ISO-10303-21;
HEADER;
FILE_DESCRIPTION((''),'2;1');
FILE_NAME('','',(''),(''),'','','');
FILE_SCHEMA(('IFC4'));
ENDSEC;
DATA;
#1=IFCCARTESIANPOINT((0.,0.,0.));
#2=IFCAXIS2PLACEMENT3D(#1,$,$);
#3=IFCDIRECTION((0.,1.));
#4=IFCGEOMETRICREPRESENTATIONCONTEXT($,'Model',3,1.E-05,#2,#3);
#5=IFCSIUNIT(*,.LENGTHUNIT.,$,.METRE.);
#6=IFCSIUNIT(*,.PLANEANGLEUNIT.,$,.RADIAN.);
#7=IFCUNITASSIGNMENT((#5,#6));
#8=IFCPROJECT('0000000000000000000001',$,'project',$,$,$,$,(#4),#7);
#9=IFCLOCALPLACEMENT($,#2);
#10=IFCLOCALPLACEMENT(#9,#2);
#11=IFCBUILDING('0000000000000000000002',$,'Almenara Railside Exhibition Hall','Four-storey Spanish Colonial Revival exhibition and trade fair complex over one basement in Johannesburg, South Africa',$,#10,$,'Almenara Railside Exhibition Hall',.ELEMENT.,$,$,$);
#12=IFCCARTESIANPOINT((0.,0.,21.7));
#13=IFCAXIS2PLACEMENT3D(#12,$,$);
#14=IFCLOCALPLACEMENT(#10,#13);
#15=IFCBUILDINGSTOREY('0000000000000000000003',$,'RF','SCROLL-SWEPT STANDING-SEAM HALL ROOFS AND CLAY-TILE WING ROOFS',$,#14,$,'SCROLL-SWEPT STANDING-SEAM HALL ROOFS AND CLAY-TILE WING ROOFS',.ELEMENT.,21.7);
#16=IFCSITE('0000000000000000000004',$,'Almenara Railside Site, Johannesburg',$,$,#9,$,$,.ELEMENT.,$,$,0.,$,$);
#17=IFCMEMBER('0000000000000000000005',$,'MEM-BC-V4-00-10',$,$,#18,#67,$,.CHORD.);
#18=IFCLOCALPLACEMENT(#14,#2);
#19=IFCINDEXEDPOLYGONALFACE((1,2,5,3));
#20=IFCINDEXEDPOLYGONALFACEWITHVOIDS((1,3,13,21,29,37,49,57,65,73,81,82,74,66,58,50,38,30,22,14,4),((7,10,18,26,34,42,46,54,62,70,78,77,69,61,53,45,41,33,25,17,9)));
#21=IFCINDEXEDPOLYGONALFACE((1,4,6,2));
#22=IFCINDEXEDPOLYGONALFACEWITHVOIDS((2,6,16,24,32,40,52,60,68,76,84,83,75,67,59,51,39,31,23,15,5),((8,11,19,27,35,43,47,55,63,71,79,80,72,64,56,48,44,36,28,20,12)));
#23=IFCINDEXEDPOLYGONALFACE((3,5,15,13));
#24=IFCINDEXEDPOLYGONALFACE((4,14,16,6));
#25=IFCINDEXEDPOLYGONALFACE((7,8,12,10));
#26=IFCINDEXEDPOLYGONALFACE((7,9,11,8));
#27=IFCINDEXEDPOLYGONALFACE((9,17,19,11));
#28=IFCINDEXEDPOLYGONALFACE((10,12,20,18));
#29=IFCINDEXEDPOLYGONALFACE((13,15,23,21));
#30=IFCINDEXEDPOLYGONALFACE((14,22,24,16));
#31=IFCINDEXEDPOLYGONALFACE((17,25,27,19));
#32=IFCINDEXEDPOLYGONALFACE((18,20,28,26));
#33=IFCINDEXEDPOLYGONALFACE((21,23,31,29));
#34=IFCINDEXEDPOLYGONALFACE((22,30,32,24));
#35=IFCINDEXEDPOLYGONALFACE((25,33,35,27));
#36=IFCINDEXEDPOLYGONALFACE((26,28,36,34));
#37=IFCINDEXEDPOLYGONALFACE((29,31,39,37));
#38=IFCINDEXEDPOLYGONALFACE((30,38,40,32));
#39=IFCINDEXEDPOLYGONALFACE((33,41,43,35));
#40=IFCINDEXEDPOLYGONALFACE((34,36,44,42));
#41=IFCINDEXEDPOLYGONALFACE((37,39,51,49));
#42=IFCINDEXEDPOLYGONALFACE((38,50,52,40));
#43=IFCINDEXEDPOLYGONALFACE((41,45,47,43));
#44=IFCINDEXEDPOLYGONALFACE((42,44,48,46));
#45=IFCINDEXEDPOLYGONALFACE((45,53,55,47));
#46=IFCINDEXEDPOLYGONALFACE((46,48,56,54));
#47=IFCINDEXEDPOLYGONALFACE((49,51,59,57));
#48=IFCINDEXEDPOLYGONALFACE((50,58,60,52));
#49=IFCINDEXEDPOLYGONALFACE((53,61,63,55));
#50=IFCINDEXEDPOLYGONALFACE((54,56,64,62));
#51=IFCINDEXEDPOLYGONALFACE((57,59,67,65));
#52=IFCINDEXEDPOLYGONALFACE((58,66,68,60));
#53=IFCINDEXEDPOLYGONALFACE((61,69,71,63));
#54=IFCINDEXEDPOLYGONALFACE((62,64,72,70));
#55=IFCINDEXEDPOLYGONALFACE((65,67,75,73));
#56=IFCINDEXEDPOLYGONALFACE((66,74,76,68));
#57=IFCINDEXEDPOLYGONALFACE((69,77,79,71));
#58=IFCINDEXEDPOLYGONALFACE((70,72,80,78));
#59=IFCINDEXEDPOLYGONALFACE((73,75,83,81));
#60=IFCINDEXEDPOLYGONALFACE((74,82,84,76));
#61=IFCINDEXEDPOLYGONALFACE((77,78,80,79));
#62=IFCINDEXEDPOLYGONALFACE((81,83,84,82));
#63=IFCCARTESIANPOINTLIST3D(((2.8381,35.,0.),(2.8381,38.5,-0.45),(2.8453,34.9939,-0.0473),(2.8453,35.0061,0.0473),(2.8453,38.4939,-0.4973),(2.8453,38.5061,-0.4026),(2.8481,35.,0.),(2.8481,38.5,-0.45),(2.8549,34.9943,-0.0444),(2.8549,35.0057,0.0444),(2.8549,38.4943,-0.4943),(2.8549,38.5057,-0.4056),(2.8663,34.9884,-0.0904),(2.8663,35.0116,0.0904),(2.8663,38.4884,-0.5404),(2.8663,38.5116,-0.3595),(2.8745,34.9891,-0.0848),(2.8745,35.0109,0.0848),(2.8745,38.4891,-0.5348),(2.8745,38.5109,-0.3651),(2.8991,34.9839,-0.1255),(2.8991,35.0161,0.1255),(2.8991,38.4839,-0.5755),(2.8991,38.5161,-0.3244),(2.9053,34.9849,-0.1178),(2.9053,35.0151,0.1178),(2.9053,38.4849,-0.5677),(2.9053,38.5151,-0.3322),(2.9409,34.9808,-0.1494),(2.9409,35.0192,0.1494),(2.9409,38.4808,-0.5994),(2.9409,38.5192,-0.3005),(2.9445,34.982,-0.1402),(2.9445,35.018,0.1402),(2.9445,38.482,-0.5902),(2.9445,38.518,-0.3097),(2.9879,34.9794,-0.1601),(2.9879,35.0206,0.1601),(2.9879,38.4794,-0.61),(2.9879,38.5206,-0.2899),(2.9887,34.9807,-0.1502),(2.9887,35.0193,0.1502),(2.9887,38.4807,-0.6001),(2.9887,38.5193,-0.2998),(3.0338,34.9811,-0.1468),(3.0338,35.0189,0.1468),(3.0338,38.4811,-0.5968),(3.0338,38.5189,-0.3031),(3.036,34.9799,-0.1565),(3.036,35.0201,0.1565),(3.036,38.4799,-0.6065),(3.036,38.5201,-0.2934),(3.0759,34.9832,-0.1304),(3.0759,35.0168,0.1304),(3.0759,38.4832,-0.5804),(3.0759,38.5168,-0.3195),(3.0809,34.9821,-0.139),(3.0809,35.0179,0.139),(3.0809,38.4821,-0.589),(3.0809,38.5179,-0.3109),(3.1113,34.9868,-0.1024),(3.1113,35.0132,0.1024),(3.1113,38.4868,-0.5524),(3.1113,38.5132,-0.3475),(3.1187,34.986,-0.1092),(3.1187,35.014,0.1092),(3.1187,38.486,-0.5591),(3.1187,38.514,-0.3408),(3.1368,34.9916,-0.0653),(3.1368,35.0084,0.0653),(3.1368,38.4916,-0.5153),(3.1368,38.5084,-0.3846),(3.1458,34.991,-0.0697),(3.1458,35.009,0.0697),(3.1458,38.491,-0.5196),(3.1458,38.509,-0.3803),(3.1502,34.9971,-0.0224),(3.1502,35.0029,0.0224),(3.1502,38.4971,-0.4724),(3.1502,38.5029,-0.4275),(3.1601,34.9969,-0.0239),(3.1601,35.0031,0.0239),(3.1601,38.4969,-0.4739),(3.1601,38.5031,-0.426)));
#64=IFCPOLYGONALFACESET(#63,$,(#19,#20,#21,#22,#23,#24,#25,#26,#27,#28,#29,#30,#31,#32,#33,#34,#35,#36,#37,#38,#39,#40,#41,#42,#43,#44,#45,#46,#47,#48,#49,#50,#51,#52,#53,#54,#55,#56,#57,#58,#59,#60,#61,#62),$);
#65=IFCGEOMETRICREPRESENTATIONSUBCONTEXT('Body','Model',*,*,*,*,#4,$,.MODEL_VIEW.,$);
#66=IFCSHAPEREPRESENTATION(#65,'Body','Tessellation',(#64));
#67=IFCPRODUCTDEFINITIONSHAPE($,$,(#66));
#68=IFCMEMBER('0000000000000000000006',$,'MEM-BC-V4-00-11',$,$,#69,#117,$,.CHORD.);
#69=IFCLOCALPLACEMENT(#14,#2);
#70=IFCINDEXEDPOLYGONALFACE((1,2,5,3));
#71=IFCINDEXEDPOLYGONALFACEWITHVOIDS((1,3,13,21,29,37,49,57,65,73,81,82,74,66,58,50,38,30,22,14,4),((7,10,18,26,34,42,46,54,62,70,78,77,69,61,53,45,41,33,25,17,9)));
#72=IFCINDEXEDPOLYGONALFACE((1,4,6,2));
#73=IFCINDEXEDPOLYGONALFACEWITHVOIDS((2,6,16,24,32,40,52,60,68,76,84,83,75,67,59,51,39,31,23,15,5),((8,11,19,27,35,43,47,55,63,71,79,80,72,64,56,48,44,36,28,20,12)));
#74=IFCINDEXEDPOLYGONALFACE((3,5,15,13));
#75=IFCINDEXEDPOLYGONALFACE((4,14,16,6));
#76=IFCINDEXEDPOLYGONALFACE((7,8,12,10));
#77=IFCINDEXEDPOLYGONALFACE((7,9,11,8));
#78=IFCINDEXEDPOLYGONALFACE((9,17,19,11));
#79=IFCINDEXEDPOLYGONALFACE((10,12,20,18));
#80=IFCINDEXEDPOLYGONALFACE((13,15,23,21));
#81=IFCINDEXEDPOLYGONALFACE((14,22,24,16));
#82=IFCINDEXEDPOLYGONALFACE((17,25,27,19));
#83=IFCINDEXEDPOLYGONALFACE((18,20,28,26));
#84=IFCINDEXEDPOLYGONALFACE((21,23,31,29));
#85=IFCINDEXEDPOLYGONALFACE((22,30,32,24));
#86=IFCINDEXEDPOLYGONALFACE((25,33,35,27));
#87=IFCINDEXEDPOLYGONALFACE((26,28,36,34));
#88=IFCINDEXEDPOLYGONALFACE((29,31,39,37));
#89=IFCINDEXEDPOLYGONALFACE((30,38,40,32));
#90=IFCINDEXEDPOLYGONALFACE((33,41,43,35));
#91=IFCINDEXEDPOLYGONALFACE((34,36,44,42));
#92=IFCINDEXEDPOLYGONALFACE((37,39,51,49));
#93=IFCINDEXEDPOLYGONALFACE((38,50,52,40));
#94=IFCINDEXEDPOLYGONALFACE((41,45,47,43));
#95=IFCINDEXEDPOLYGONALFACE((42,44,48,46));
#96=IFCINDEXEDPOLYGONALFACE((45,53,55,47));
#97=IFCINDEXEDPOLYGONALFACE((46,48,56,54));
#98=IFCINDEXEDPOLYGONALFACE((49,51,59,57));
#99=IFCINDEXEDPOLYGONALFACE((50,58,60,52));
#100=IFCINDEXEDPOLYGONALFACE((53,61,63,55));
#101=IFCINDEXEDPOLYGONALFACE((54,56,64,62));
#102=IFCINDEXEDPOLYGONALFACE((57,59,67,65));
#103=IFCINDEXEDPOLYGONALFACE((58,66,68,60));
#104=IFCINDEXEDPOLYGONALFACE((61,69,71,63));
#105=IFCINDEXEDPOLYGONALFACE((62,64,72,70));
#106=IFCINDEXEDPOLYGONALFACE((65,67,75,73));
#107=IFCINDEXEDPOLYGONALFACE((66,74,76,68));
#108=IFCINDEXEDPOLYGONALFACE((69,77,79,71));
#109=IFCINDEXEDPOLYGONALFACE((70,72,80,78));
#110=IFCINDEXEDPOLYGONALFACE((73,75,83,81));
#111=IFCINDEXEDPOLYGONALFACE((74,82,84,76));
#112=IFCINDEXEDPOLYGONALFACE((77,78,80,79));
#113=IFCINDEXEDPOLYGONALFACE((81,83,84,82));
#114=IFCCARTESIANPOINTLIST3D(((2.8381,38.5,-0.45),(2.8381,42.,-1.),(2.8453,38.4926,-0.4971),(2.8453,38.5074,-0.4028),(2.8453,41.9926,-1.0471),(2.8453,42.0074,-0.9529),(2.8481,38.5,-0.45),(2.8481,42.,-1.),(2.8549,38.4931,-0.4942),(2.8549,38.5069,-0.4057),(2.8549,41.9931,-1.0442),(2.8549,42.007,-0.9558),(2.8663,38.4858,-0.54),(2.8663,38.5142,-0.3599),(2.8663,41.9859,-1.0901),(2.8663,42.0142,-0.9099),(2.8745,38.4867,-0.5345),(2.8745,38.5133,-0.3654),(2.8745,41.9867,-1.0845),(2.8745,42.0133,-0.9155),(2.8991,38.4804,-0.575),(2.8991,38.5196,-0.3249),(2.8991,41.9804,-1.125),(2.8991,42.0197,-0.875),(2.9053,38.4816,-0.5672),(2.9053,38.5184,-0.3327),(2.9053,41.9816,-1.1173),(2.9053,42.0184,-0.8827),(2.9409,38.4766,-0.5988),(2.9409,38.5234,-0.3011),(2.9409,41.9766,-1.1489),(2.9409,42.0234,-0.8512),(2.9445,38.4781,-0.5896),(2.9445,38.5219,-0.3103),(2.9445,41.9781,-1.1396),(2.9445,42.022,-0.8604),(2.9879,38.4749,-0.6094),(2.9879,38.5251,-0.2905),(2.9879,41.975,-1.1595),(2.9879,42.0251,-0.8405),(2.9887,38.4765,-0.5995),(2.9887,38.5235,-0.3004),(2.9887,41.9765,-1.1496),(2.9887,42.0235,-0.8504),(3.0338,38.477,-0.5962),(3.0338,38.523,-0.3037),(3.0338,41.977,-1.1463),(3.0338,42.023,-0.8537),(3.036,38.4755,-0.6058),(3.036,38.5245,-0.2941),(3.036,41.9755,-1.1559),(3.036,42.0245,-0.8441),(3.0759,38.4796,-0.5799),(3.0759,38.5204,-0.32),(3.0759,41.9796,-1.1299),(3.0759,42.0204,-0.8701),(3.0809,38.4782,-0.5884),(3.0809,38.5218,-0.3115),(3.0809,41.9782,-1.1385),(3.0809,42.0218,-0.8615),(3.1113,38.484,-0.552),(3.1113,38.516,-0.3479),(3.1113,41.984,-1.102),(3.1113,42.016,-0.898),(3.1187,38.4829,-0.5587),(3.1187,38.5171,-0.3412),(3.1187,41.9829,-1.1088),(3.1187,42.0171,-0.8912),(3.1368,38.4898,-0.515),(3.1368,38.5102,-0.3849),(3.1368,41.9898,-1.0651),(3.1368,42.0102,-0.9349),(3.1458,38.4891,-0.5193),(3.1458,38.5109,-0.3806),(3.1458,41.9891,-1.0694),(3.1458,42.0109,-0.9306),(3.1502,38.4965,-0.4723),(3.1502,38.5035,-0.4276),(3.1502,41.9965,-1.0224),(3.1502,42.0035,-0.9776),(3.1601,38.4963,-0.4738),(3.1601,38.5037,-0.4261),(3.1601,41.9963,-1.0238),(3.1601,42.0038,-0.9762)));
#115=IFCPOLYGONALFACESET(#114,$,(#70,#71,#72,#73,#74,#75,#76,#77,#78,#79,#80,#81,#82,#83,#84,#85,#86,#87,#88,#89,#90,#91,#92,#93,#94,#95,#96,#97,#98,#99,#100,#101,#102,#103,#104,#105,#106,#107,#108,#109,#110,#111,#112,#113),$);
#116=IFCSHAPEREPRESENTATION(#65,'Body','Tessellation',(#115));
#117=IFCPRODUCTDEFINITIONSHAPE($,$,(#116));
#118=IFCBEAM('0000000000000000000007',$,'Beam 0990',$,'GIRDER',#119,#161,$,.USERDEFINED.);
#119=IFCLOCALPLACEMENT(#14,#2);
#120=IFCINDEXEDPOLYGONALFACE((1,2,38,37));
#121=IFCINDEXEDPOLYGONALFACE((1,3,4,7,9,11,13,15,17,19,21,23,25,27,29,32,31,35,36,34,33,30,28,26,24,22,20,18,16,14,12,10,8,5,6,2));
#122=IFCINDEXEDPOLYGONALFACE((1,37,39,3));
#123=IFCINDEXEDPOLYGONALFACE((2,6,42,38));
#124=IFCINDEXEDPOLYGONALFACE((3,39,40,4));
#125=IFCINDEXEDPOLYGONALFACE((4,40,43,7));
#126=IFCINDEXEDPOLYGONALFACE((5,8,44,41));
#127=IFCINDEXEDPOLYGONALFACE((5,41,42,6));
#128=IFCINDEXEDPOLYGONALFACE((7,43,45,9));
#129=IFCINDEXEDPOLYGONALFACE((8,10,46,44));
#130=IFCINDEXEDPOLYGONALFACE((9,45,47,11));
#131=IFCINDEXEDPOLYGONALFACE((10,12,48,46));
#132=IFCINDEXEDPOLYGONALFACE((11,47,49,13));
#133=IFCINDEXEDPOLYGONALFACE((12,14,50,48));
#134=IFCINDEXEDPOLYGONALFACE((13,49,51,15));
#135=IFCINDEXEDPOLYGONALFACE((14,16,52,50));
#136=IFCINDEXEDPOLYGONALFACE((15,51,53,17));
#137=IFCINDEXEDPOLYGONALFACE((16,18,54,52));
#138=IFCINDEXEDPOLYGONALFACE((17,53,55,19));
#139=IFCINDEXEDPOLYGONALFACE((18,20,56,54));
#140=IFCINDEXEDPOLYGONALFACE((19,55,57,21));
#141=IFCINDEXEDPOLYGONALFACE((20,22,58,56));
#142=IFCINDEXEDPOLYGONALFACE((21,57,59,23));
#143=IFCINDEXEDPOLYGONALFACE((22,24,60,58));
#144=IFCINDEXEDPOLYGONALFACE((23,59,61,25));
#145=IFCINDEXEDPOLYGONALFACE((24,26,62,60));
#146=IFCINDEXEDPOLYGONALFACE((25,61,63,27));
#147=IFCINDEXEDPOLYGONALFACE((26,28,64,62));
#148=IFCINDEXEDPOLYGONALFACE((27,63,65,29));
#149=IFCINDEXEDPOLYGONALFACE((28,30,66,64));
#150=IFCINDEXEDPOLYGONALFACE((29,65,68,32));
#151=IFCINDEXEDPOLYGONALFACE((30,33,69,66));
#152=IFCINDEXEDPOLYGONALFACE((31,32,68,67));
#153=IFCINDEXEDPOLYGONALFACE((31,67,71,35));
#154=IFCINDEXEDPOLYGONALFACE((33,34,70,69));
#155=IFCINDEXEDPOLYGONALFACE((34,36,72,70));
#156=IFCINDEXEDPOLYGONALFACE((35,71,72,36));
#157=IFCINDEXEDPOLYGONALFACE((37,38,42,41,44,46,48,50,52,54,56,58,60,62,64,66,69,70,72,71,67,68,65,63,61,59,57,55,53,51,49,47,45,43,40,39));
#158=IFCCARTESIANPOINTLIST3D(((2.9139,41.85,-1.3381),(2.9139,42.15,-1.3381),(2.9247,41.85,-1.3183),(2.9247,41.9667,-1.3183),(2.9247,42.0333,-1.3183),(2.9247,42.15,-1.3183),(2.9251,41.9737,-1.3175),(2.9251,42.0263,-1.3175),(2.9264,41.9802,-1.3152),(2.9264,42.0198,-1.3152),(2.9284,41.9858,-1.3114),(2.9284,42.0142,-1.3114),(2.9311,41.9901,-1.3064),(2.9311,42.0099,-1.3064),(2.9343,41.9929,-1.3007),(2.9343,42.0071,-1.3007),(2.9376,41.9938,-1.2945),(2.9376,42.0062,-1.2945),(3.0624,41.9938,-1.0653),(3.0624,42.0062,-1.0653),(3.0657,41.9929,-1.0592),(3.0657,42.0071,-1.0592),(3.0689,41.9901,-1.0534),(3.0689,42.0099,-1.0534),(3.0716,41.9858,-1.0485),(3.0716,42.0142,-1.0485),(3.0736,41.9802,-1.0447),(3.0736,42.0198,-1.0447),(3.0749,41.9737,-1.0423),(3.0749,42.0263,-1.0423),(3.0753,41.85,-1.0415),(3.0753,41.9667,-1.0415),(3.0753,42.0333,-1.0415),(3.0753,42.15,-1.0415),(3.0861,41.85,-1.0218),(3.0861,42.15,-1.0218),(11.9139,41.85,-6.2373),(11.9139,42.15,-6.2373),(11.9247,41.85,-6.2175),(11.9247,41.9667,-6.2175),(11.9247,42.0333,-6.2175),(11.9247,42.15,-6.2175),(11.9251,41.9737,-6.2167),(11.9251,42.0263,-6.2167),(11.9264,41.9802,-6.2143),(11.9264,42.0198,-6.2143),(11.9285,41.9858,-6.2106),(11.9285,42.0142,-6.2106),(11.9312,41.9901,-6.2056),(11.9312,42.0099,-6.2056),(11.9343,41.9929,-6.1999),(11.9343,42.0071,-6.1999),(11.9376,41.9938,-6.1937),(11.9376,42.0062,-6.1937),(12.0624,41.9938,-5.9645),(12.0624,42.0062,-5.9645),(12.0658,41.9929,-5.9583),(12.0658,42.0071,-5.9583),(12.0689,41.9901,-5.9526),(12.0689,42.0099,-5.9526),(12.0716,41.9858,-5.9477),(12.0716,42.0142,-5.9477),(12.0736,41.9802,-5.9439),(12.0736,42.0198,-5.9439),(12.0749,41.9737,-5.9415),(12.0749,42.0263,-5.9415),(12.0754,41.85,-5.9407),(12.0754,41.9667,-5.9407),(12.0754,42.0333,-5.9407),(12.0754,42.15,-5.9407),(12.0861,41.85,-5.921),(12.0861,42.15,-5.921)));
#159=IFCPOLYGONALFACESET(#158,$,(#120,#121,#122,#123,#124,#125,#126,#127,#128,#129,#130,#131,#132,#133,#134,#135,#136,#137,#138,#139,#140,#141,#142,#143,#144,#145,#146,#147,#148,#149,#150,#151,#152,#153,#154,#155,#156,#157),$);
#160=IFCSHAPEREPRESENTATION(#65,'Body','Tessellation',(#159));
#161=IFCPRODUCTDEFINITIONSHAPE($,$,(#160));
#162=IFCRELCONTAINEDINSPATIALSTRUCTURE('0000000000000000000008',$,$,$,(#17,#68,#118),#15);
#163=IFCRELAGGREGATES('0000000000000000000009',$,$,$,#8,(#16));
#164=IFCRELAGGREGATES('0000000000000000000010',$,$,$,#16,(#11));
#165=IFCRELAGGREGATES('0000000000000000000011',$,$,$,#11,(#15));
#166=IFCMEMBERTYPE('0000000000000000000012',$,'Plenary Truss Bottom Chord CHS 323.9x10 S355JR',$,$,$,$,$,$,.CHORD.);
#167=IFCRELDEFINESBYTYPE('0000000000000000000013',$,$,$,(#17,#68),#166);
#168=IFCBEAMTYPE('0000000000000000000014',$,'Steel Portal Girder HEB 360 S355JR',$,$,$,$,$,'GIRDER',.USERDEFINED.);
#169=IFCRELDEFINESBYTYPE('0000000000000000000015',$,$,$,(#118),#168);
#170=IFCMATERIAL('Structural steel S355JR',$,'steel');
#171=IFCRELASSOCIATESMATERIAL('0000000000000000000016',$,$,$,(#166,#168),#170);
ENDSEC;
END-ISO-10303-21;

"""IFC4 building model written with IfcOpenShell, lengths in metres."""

from ifc_helpers import new_model, si_unit, direction, frame, origin, origin_2d, place, context, subcontext, project, spatial, hollow_circle, i_section, extrude, material, material_profile, profile_set, type_object, element, save


model = new_model("IFC4")

# Units and contexts
model_context = context("Model", 3, precision=1e-05, world=origin(), true_north=direction((0.0, 1.0)))
body_context = subcontext(model_context, "Body", "Model", "MODEL_VIEW")
ifc_project = project(units=[si_unit("LENGTHUNIT", "METRE"), si_unit("PLANEANGLEUNIT", "RADIAN")], contexts=[model_context])

# Site, building, storey
site_placement = place(None, origin())
site = spatial("IfcSite", under=ifc_project, at=site_placement, Name="Almenara Railside Site, Johannesburg", CompositionType="ELEMENT", RefElevation=0.0)
building_placement = place(site_placement, origin())
building = spatial("IfcBuilding", under=site, at=building_placement, Name="Almenara Railside Exhibition Hall", Description="Four-storey Spanish Colonial Revival exhibition and trade fair complex over one basement in Johannesburg, South Africa", LongName="Almenara Railside Exhibition Hall", CompositionType="ELEMENT")
storey_placement = place(building_placement, frame((0.0, 0.0, 21.7)))
storey = spatial("IfcBuildingStorey", under=building, at=storey_placement, Name="RF", Description="SCROLL-SWEPT STANDING-SEAM HALL ROOFS AND CLAY-TILE WING ROOFS", LongName="SCROLL-SWEPT STANDING-SEAM HALL ROOFS AND CLAY-TILE WING ROOFS", CompositionType="ELEMENT", Elevation=21.7)

# Shared definitions
ifc_material_1 = material(Name="Structural steel S355JR", Category="steel")

# Members
ifc_material_profile_1 = material_profile(ifc_material_1, hollow_circle(Radius=0.1619, WallThickness=0.01, at=origin_2d()), Name="CHS 323.9x10")
ifc_profile_set_1 = profile_set([ifc_material_profile_1], Name="Structural steel S355JR")
member_type_1 = type_object("IfcMemberType", Name="Plenary Truss Bottom Chord CHS 323.9x10 S355JR", PredefinedType="CHORD", material=ifc_profile_set_1)
member_1_placement = place(storey_placement, frame((3.0, 35.0, 0.0), z_axis=(0.0, 0.991838, -0.127508), x_axis=(-1.0, 0.0, 0.0)))
element("IfcMember", 1, at=member_1_placement, inside=storey, type_object=member_type_1, Name="MEM-BC-V4-00-10", PredefinedType="CHORD", context=body_context, shape_type="SweptSolid", body=[
    extrude(hollow_circle(Radius=0.1619, WallThickness=0.01, at=origin_2d()), origin(), (0.0, 0.0, 1.0), 3.5288),
])
member_2_placement = place(storey_placement, frame((3.0, 38.5, -0.45), z_axis=(0.0, 0.987875, -0.155251), x_axis=(-1.0, 0.0, 0.0)))
element("IfcMember", 2, at=member_2_placement, inside=storey, type_object=member_type_1, Name="MEM-BC-V4-00-11", PredefinedType="CHORD", context=body_context, shape_type="SweptSolid", body=[
    extrude(hollow_circle(Radius=0.1619, WallThickness=0.01, at=origin_2d()), origin(), (0.0, 0.0, 1.0), 3.543),
])

# Beam
ifc_material_profile_2 = material_profile(ifc_material_1, i_section(OverallWidth=0.3, OverallDepth=0.3601, WebThickness=0.0125, FlangeThickness=0.0225, FilletRadius=0.0271, at=origin_2d()), Name="HEB 360")
ifc_profile_set_2 = profile_set([ifc_material_profile_2], Name="Structural steel S355JR")
beam_type = type_object("IfcBeamType", Name="Steel Portal Girder HEB 360 S355JR", ElementType="GIRDER", PredefinedType="USERDEFINED", material=ifc_profile_set_2)
beam_placement = place(storey_placement, frame((3.0, 42.0, -1.1799), z_axis=(0.878302, 0.0, -0.478106), x_axis=(0.0, 1.0, 0.0)))
element("IfcBeam", 3, at=beam_placement, inside=storey, type_object=beam_type, Name="Beam 0990", ObjectType="GIRDER", PredefinedType="USERDEFINED", context=body_context, shape_type="SweptSolid", body=[
    extrude(i_section(OverallWidth=0.3, OverallDepth=0.3601, WebThickness=0.0125, FlangeThickness=0.0225, FilletRadius=0.0271, at=origin_2d()), origin(), (0.0, 0.0, 1.0), 10.2471),
])

save(model, "model.ifc")
